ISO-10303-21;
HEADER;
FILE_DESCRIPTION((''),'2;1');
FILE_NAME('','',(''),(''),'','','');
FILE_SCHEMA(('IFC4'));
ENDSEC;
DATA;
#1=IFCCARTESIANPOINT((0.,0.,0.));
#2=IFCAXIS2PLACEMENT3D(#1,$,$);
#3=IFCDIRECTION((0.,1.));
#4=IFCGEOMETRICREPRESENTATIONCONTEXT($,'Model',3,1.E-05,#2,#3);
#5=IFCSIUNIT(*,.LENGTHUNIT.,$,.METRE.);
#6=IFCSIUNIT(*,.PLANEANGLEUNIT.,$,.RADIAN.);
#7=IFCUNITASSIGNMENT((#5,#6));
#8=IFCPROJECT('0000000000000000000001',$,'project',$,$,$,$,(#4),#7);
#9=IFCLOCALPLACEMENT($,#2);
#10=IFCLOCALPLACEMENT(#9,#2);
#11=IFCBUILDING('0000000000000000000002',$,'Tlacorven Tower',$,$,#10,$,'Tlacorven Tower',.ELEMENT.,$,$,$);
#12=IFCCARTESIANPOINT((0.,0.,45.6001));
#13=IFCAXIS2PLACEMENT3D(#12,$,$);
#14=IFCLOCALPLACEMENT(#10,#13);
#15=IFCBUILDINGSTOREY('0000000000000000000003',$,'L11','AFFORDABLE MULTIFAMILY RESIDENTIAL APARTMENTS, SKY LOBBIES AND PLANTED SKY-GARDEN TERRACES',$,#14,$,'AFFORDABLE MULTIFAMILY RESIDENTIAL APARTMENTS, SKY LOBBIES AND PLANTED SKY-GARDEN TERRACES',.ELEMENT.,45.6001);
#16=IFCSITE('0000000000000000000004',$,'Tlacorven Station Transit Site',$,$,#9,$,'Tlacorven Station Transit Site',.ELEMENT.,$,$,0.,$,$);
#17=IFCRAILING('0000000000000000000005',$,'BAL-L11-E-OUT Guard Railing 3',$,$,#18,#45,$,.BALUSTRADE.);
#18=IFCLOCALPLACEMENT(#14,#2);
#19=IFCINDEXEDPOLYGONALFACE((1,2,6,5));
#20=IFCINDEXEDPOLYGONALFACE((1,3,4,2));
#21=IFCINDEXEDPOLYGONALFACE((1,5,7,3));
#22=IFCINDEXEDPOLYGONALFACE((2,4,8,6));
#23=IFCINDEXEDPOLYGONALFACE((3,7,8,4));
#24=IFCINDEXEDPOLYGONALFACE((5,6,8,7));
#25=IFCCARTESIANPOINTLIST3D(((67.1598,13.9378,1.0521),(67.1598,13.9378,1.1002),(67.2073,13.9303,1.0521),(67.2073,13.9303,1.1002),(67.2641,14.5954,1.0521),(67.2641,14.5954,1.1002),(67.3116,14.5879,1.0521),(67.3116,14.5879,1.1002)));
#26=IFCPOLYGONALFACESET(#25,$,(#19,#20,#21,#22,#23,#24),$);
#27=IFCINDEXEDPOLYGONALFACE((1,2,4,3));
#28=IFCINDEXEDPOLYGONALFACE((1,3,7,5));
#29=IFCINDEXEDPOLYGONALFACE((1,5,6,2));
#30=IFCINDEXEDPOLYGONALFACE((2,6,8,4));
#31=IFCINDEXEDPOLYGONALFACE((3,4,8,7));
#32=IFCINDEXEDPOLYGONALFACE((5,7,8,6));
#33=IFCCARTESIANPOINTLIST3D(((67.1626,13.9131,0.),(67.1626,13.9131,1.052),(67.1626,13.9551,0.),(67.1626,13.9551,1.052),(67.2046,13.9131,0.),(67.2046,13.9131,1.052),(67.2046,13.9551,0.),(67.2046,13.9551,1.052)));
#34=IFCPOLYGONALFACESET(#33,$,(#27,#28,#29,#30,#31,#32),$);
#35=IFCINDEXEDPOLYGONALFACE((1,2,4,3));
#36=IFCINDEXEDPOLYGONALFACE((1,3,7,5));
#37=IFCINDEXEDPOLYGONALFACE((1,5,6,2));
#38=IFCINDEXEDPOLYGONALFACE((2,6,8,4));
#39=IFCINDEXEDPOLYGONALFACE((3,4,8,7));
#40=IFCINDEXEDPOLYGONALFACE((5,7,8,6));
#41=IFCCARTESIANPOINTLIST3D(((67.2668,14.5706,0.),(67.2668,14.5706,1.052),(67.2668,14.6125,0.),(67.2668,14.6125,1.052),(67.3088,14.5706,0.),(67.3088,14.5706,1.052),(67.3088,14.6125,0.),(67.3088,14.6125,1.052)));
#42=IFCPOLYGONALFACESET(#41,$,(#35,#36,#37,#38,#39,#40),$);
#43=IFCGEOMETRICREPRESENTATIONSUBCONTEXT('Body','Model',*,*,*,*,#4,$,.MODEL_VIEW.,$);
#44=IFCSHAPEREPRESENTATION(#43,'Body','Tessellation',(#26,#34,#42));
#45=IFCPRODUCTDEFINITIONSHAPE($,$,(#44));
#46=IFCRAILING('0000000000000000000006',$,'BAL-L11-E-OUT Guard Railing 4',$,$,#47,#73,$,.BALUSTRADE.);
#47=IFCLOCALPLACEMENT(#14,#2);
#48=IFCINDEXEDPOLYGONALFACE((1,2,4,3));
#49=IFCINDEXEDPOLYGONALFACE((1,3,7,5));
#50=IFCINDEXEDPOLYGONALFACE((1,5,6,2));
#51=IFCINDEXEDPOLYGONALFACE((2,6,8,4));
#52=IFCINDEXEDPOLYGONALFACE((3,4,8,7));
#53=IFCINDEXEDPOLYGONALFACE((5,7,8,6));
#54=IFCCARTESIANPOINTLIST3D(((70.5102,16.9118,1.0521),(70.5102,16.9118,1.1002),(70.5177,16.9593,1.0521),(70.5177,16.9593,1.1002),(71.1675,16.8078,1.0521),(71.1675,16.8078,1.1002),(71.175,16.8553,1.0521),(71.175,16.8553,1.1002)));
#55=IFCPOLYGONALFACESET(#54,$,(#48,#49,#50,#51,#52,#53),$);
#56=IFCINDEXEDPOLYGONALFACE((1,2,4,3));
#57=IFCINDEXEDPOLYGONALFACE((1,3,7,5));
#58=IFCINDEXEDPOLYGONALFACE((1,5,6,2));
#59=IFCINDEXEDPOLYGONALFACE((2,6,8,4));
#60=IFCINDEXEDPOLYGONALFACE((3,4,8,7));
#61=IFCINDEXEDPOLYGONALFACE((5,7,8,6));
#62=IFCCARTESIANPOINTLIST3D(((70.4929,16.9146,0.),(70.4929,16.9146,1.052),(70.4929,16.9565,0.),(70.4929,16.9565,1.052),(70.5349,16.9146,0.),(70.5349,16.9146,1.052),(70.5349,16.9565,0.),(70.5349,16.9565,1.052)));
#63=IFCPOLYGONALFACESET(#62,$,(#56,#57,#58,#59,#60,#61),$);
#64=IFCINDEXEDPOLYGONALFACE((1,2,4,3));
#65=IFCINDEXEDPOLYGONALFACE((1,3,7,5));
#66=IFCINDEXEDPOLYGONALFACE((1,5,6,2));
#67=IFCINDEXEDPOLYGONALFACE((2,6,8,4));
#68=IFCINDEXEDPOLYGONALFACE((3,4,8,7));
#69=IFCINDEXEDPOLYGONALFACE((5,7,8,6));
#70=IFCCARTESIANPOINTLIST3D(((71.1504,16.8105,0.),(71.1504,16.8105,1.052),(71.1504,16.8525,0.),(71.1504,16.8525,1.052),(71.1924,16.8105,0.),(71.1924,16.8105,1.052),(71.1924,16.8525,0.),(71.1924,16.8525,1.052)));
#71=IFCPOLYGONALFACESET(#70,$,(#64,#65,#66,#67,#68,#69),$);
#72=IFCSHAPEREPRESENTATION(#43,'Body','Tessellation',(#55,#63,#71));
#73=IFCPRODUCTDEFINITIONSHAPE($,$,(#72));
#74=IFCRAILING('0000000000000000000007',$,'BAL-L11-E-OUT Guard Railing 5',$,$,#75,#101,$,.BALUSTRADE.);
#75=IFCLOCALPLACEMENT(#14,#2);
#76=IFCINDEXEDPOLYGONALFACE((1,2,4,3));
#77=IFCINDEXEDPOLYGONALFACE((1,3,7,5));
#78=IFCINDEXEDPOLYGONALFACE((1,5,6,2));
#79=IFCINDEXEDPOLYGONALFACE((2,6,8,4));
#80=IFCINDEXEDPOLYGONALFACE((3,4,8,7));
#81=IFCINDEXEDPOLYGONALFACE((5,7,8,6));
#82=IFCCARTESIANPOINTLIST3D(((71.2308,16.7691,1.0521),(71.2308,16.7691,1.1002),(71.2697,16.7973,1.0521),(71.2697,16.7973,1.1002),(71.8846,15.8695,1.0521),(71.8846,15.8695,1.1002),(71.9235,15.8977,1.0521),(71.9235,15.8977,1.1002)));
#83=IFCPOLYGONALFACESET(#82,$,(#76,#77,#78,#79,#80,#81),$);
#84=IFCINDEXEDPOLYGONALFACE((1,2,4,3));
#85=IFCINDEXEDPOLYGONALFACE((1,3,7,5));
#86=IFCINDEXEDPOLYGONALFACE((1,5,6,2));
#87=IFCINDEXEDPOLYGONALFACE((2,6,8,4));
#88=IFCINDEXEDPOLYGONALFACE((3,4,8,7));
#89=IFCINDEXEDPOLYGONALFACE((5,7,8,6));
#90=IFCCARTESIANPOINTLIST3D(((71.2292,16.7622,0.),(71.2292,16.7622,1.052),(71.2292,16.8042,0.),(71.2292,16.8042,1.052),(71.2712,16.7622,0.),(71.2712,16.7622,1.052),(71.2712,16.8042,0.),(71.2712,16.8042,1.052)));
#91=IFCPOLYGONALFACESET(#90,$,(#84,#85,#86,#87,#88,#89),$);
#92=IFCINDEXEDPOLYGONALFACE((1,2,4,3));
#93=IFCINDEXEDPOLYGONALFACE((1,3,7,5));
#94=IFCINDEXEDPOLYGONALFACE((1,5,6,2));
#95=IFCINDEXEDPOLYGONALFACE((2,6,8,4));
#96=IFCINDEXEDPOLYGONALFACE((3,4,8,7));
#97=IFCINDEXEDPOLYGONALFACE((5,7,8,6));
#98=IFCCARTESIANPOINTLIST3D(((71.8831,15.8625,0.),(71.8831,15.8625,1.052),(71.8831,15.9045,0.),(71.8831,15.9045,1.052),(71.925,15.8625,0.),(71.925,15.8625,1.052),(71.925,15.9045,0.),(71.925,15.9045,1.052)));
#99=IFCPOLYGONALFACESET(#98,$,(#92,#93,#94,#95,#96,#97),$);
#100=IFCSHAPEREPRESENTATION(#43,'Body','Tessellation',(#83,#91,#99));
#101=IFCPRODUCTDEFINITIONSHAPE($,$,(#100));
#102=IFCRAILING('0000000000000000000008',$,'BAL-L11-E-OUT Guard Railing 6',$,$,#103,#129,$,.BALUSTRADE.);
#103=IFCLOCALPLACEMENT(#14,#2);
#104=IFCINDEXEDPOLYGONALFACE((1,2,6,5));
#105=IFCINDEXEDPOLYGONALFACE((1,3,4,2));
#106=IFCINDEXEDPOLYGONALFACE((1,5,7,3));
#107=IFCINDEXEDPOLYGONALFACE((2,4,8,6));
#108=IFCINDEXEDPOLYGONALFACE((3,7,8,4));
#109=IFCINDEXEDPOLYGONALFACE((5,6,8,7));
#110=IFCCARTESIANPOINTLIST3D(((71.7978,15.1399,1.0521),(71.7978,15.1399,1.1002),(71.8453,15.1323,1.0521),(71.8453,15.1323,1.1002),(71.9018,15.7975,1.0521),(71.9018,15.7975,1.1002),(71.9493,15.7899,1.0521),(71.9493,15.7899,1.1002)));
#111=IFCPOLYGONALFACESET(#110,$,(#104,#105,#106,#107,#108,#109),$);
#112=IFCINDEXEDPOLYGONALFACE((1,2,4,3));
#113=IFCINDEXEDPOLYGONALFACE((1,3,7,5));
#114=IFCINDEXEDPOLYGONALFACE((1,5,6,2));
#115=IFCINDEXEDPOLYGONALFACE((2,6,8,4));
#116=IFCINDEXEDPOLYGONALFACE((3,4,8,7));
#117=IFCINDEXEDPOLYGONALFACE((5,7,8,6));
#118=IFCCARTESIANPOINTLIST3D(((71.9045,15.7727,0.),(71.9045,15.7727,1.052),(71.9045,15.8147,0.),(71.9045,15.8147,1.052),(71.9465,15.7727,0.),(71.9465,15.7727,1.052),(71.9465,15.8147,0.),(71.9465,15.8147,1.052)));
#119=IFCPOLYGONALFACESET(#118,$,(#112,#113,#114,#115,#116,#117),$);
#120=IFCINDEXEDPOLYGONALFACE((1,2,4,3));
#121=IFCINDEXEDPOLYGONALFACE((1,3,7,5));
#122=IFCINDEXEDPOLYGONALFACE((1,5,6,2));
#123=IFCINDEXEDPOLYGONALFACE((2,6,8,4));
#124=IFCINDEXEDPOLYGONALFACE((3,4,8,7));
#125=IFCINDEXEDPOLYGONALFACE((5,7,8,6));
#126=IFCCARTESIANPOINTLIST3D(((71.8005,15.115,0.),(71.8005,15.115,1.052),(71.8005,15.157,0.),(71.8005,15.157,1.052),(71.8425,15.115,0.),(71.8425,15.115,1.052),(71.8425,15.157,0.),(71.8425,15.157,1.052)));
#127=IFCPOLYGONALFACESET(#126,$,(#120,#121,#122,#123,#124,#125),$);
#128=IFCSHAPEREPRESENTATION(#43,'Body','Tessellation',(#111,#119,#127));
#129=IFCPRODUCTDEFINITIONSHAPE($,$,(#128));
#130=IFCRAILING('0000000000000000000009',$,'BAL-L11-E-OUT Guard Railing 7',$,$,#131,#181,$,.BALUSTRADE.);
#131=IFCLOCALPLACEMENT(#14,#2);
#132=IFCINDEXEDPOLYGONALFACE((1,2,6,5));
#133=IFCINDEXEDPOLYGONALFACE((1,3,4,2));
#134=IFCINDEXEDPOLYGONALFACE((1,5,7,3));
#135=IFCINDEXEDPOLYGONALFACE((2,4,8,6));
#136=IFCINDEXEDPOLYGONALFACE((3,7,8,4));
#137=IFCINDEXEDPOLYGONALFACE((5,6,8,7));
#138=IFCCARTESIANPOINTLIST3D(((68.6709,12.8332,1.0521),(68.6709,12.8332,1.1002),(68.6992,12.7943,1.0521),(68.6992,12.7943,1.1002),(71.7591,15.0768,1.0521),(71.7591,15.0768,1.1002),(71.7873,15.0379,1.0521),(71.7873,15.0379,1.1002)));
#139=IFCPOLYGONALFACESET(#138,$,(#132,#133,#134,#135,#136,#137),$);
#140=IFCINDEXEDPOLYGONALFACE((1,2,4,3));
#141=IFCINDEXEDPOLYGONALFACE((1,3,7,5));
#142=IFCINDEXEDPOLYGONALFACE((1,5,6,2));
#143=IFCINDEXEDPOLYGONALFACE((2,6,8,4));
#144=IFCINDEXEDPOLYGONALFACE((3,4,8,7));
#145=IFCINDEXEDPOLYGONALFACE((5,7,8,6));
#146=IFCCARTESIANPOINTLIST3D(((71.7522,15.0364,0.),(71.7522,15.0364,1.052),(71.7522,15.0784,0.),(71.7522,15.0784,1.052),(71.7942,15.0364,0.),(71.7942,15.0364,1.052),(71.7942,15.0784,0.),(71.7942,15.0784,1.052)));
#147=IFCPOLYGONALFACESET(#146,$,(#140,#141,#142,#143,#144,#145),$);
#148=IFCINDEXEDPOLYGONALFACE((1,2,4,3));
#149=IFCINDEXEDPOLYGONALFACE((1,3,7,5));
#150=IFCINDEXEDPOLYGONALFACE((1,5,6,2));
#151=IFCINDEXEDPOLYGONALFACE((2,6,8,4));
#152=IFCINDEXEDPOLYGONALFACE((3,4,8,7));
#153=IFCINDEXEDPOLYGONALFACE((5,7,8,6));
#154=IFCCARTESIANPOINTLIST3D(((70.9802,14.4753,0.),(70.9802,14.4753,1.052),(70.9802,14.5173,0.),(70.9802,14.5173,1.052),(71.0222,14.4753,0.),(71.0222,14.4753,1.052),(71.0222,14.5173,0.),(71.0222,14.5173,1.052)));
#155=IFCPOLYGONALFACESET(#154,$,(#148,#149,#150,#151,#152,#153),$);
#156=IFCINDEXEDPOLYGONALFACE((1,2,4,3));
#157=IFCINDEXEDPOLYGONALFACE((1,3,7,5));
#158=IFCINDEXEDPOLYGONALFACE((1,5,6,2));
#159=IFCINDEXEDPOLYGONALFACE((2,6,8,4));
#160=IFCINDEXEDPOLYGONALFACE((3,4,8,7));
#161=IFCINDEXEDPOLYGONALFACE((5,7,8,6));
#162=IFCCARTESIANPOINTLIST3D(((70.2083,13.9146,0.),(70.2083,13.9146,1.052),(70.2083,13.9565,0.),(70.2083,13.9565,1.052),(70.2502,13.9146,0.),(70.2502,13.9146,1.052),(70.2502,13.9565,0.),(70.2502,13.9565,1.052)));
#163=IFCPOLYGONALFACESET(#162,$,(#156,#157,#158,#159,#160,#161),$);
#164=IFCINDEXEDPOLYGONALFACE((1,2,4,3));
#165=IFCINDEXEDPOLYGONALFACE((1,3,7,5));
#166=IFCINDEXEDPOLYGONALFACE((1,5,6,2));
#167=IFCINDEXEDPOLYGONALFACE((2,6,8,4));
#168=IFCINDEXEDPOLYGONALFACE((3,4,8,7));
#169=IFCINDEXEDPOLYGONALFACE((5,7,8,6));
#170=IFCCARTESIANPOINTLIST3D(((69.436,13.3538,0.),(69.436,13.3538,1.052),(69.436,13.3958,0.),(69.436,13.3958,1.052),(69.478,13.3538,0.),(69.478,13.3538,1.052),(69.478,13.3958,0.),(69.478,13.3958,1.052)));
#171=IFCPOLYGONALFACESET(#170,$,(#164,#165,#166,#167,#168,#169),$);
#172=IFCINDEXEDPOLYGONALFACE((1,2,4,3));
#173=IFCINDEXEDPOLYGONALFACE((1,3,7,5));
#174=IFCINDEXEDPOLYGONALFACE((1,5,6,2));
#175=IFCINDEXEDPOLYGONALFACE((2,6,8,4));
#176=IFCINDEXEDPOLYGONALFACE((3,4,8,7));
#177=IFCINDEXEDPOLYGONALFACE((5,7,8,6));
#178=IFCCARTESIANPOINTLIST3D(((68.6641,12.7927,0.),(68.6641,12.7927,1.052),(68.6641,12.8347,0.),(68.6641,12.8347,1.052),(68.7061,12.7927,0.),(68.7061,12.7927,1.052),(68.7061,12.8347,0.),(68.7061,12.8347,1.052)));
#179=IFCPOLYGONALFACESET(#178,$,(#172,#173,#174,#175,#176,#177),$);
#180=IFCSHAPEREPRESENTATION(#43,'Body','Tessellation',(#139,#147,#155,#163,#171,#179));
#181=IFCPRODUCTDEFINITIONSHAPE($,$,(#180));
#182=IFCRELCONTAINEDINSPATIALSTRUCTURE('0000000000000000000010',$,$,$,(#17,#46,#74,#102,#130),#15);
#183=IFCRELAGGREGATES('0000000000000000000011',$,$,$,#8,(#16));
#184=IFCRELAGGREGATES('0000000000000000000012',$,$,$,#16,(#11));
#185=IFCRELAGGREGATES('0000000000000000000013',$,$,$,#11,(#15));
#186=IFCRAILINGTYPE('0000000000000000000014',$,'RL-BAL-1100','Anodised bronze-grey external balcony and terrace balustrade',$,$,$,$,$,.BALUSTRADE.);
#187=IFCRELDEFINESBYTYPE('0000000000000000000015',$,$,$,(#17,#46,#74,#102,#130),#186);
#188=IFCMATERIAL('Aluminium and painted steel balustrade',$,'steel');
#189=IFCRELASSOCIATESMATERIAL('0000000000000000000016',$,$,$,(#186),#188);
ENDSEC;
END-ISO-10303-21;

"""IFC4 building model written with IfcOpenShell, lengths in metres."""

from ifc_helpers import new_model, si_unit, direction, frame, origin, origin_2d, place, context, subcontext, project, spatial, rectangle, extrude, source, transform, mapped, material, type_object, element, save


model = new_model("IFC4")

# Units and contexts
model_context = context("Model", 3, precision=1e-05, world=origin(), true_north=direction((0.0, 1.0)))
body_context = subcontext(model_context, "Body", "Model", "MODEL_VIEW")
ifc_project = project(units=[si_unit("LENGTHUNIT", "METRE"), si_unit("PLANEANGLEUNIT", "RADIAN")], contexts=[model_context])

# Site, building, storey
site_placement = place(None, origin())
site = spatial("IfcSite", under=ifc_project, at=site_placement, Name="Tlacorven Station Transit Site", LongName="Tlacorven Station Transit Site", CompositionType="ELEMENT", RefElevation=0.0)
building_placement = place(site_placement, origin())
building = spatial("IfcBuilding", under=site, at=building_placement, Name="Tlacorven Tower", LongName="Tlacorven Tower", CompositionType="ELEMENT")
storey_placement = place(building_placement, frame((0.0, 0.0, 45.6001)))
storey = spatial("IfcBuildingStorey", under=building, at=storey_placement, Name="L11", Description="AFFORDABLE MULTIFAMILY RESIDENTIAL APARTMENTS, SKY LOBBIES AND PLANTED SKY-GARDEN TERRACES", LongName="AFFORDABLE MULTIFAMILY RESIDENTIAL APARTMENTS, SKY LOBBIES AND PLANTED SKY-GARDEN TERRACES", CompositionType="ELEMENT", Elevation=45.6001)

# Railings
ifc_material_1 = material(Name="Aluminium and painted steel balustrade", Category="steel")
railing_type = type_object("IfcRailingType", Name="RL-BAL-1100", Description="Anodised bronze-grey external balcony and terrace balustrade", PredefinedType="BALUSTRADE", material=ifc_material_1)
shared_shape_1 = source(origin(), body_context, "Body", "SweptSolid", [
    extrude(rectangle(XDim=0.0481, YDim=0.0481, at=origin_2d()), frame((0.0, 0.0, 1.0762), z_axis=(0.156603, 0.987662, 0.0), x_axis=(-0.987662, 0.156603, 0.0)), (0.0, 0.0, 1.0), 0.6658),
    extrude(rectangle(XDim=0.042, YDim=0.042, at=origin_2d()), origin(), (0.0, 0.0, 1.0), 1.052),
    extrude(rectangle(XDim=0.042, YDim=0.042, at=origin_2d()), frame((0.1042, 0.6575, 0.0)), (0.0, 0.0, 1.0), 1.052),
])
railing_1_placement = place(storey_placement, frame((67.1836, 13.9341, 0.0)))
element("IfcRailing", 1, at=railing_1_placement, inside=storey, type_object=railing_type, Name="BAL-L11-E-OUT Guard Railing 3", PredefinedType="BALUSTRADE", context=body_context, shape_type="MappedRepresentation", body=[
    mapped(shared_shape_1, transform((0.0, 0.0, 0.0), scale=1.0)),
])
shared_shape_2 = source(origin(), body_context, "Body", "SweptSolid", [
    extrude(rectangle(XDim=0.0481, YDim=0.0481, at=origin_2d()), frame((0.0, 0.0, 1.0762), z_axis=(0.987718, -0.156245, 0.0), x_axis=(0.156245, 0.987718, 0.0)), (0.0, 0.0, 1.0), 0.6655),
    extrude(rectangle(XDim=0.042, YDim=0.042, at=origin_2d()), origin(), (0.0, 0.0, 1.0), 1.052),
    extrude(rectangle(XDim=0.042, YDim=0.042, at=origin_2d()), frame((0.6575, -0.104, 0.0)), (0.0, 0.0, 1.0), 1.052),
])
railing_2_placement = place(storey_placement, frame((70.5139, 16.9355, 0.0)))
element("IfcRailing", 2, at=railing_2_placement, inside=storey, type_object=railing_type, Name="BAL-L11-E-OUT Guard Railing 4", PredefinedType="BALUSTRADE", context=body_context, shape_type="MappedRepresentation", body=[
    mapped(shared_shape_2, transform((0.0, 0.0, 0.0), scale=1.0)),
])
shared_shape_3 = source(origin(), body_context, "Body", "SweptSolid", [
    extrude(rectangle(XDim=0.0481, YDim=0.0481, at=origin_2d()), frame((0.0, 0.0, 1.0762), z_axis=(0.587884, -0.808945, 0.0), x_axis=(0.808945, 0.587884, 0.0)), (0.0, 0.0, 1.0), 1.1121),
    extrude(rectangle(XDim=0.042, YDim=0.042, at=origin_2d()), origin(), (0.0, 0.0, 1.0), 1.052),
    extrude(rectangle(XDim=0.042, YDim=0.042, at=origin_2d()), frame((0.6538, -0.8997, 0.0)), (0.0, 0.0, 1.0), 1.052),
])
railing_3_placement = place(storey_placement, frame((71.2502, 16.7832, 0.0)))
element("IfcRailing", 3, at=railing_3_placement, inside=storey, type_object=railing_type, Name="BAL-L11-E-OUT Guard Railing 5", PredefinedType="BALUSTRADE", context=body_context, shape_type="MappedRepresentation", body=[
    mapped(shared_shape_3, transform((0.0, 0.0, 0.0), scale=1.0)),
])
shared_shape_4 = source(origin(), body_context, "Body", "SweptSolid", [
    extrude(rectangle(XDim=0.0481, YDim=0.0481, at=origin_2d()), frame((0.0, 0.0, 1.0762), z_axis=(-0.156188, -0.987727, 0.0), x_axis=(0.987727, -0.156188, 0.0)), (0.0, 0.0, 1.0), 0.6658),
    extrude(rectangle(XDim=0.042, YDim=0.042, at=origin_2d()), origin(), (0.0, 0.0, 1.0), 1.052),
    extrude(rectangle(XDim=0.042, YDim=0.042, at=origin_2d()), frame((-0.104, -0.6577, 0.0)), (0.0, 0.0, 1.0), 1.052),
])
railing_4_placement = place(storey_placement, frame((71.9255, 15.7937, 0.0)))
element("IfcRailing", 4, at=railing_4_placement, inside=storey, type_object=railing_type, Name="BAL-L11-E-OUT Guard Railing 6", PredefinedType="BALUSTRADE", context=body_context, shape_type="MappedRepresentation", body=[
    mapped(shared_shape_4, transform((0.0, 0.0, 0.0), scale=1.0)),
])
shared_shape_5 = source(origin(), body_context, "Body", "SweptSolid", [
    extrude(rectangle(XDim=0.0481, YDim=0.0481, at=origin_2d()), frame((0.0, 0.0, 1.0762), z_axis=(-0.809018, -0.587784, 0.0), x_axis=(0.587784, -0.809018, 0.0)), (0.0, 0.0, 1.0), 3.8171),
    extrude(rectangle(XDim=0.042, YDim=0.042, at=origin_2d()), origin(), (0.0, 0.0, 1.0), 1.052),
    extrude(rectangle(XDim=0.042, YDim=0.042, at=origin_2d()), frame((-0.772, -0.561, 0.0)), (0.0, 0.0, 1.0), 1.052),
    extrude(rectangle(XDim=0.042, YDim=0.042, at=origin_2d()), frame((-1.5439, -1.1218, 0.0)), (0.0, 0.0, 1.0), 1.052),
    extrude(rectangle(XDim=0.042, YDim=0.042, at=origin_2d()), frame((-2.3162, -1.6826, 0.0)), (0.0, 0.0, 1.0), 1.052),
    extrude(rectangle(XDim=0.042, YDim=0.042, at=origin_2d()), frame((-3.0881, -2.2437, 0.0)), (0.0, 0.0, 1.0), 1.052),
])
railing_5_placement = place(storey_placement, frame((71.7732, 15.0574, 0.0)))
element("IfcRailing", 5, at=railing_5_placement, inside=storey, type_object=railing_type, Name="BAL-L11-E-OUT Guard Railing 7", PredefinedType="BALUSTRADE", context=body_context, shape_type="MappedRepresentation", body=[
    mapped(shared_shape_5, transform((0.0, 0.0, 0.0), scale=1.0)),
])

save(model, "model.ifc")
